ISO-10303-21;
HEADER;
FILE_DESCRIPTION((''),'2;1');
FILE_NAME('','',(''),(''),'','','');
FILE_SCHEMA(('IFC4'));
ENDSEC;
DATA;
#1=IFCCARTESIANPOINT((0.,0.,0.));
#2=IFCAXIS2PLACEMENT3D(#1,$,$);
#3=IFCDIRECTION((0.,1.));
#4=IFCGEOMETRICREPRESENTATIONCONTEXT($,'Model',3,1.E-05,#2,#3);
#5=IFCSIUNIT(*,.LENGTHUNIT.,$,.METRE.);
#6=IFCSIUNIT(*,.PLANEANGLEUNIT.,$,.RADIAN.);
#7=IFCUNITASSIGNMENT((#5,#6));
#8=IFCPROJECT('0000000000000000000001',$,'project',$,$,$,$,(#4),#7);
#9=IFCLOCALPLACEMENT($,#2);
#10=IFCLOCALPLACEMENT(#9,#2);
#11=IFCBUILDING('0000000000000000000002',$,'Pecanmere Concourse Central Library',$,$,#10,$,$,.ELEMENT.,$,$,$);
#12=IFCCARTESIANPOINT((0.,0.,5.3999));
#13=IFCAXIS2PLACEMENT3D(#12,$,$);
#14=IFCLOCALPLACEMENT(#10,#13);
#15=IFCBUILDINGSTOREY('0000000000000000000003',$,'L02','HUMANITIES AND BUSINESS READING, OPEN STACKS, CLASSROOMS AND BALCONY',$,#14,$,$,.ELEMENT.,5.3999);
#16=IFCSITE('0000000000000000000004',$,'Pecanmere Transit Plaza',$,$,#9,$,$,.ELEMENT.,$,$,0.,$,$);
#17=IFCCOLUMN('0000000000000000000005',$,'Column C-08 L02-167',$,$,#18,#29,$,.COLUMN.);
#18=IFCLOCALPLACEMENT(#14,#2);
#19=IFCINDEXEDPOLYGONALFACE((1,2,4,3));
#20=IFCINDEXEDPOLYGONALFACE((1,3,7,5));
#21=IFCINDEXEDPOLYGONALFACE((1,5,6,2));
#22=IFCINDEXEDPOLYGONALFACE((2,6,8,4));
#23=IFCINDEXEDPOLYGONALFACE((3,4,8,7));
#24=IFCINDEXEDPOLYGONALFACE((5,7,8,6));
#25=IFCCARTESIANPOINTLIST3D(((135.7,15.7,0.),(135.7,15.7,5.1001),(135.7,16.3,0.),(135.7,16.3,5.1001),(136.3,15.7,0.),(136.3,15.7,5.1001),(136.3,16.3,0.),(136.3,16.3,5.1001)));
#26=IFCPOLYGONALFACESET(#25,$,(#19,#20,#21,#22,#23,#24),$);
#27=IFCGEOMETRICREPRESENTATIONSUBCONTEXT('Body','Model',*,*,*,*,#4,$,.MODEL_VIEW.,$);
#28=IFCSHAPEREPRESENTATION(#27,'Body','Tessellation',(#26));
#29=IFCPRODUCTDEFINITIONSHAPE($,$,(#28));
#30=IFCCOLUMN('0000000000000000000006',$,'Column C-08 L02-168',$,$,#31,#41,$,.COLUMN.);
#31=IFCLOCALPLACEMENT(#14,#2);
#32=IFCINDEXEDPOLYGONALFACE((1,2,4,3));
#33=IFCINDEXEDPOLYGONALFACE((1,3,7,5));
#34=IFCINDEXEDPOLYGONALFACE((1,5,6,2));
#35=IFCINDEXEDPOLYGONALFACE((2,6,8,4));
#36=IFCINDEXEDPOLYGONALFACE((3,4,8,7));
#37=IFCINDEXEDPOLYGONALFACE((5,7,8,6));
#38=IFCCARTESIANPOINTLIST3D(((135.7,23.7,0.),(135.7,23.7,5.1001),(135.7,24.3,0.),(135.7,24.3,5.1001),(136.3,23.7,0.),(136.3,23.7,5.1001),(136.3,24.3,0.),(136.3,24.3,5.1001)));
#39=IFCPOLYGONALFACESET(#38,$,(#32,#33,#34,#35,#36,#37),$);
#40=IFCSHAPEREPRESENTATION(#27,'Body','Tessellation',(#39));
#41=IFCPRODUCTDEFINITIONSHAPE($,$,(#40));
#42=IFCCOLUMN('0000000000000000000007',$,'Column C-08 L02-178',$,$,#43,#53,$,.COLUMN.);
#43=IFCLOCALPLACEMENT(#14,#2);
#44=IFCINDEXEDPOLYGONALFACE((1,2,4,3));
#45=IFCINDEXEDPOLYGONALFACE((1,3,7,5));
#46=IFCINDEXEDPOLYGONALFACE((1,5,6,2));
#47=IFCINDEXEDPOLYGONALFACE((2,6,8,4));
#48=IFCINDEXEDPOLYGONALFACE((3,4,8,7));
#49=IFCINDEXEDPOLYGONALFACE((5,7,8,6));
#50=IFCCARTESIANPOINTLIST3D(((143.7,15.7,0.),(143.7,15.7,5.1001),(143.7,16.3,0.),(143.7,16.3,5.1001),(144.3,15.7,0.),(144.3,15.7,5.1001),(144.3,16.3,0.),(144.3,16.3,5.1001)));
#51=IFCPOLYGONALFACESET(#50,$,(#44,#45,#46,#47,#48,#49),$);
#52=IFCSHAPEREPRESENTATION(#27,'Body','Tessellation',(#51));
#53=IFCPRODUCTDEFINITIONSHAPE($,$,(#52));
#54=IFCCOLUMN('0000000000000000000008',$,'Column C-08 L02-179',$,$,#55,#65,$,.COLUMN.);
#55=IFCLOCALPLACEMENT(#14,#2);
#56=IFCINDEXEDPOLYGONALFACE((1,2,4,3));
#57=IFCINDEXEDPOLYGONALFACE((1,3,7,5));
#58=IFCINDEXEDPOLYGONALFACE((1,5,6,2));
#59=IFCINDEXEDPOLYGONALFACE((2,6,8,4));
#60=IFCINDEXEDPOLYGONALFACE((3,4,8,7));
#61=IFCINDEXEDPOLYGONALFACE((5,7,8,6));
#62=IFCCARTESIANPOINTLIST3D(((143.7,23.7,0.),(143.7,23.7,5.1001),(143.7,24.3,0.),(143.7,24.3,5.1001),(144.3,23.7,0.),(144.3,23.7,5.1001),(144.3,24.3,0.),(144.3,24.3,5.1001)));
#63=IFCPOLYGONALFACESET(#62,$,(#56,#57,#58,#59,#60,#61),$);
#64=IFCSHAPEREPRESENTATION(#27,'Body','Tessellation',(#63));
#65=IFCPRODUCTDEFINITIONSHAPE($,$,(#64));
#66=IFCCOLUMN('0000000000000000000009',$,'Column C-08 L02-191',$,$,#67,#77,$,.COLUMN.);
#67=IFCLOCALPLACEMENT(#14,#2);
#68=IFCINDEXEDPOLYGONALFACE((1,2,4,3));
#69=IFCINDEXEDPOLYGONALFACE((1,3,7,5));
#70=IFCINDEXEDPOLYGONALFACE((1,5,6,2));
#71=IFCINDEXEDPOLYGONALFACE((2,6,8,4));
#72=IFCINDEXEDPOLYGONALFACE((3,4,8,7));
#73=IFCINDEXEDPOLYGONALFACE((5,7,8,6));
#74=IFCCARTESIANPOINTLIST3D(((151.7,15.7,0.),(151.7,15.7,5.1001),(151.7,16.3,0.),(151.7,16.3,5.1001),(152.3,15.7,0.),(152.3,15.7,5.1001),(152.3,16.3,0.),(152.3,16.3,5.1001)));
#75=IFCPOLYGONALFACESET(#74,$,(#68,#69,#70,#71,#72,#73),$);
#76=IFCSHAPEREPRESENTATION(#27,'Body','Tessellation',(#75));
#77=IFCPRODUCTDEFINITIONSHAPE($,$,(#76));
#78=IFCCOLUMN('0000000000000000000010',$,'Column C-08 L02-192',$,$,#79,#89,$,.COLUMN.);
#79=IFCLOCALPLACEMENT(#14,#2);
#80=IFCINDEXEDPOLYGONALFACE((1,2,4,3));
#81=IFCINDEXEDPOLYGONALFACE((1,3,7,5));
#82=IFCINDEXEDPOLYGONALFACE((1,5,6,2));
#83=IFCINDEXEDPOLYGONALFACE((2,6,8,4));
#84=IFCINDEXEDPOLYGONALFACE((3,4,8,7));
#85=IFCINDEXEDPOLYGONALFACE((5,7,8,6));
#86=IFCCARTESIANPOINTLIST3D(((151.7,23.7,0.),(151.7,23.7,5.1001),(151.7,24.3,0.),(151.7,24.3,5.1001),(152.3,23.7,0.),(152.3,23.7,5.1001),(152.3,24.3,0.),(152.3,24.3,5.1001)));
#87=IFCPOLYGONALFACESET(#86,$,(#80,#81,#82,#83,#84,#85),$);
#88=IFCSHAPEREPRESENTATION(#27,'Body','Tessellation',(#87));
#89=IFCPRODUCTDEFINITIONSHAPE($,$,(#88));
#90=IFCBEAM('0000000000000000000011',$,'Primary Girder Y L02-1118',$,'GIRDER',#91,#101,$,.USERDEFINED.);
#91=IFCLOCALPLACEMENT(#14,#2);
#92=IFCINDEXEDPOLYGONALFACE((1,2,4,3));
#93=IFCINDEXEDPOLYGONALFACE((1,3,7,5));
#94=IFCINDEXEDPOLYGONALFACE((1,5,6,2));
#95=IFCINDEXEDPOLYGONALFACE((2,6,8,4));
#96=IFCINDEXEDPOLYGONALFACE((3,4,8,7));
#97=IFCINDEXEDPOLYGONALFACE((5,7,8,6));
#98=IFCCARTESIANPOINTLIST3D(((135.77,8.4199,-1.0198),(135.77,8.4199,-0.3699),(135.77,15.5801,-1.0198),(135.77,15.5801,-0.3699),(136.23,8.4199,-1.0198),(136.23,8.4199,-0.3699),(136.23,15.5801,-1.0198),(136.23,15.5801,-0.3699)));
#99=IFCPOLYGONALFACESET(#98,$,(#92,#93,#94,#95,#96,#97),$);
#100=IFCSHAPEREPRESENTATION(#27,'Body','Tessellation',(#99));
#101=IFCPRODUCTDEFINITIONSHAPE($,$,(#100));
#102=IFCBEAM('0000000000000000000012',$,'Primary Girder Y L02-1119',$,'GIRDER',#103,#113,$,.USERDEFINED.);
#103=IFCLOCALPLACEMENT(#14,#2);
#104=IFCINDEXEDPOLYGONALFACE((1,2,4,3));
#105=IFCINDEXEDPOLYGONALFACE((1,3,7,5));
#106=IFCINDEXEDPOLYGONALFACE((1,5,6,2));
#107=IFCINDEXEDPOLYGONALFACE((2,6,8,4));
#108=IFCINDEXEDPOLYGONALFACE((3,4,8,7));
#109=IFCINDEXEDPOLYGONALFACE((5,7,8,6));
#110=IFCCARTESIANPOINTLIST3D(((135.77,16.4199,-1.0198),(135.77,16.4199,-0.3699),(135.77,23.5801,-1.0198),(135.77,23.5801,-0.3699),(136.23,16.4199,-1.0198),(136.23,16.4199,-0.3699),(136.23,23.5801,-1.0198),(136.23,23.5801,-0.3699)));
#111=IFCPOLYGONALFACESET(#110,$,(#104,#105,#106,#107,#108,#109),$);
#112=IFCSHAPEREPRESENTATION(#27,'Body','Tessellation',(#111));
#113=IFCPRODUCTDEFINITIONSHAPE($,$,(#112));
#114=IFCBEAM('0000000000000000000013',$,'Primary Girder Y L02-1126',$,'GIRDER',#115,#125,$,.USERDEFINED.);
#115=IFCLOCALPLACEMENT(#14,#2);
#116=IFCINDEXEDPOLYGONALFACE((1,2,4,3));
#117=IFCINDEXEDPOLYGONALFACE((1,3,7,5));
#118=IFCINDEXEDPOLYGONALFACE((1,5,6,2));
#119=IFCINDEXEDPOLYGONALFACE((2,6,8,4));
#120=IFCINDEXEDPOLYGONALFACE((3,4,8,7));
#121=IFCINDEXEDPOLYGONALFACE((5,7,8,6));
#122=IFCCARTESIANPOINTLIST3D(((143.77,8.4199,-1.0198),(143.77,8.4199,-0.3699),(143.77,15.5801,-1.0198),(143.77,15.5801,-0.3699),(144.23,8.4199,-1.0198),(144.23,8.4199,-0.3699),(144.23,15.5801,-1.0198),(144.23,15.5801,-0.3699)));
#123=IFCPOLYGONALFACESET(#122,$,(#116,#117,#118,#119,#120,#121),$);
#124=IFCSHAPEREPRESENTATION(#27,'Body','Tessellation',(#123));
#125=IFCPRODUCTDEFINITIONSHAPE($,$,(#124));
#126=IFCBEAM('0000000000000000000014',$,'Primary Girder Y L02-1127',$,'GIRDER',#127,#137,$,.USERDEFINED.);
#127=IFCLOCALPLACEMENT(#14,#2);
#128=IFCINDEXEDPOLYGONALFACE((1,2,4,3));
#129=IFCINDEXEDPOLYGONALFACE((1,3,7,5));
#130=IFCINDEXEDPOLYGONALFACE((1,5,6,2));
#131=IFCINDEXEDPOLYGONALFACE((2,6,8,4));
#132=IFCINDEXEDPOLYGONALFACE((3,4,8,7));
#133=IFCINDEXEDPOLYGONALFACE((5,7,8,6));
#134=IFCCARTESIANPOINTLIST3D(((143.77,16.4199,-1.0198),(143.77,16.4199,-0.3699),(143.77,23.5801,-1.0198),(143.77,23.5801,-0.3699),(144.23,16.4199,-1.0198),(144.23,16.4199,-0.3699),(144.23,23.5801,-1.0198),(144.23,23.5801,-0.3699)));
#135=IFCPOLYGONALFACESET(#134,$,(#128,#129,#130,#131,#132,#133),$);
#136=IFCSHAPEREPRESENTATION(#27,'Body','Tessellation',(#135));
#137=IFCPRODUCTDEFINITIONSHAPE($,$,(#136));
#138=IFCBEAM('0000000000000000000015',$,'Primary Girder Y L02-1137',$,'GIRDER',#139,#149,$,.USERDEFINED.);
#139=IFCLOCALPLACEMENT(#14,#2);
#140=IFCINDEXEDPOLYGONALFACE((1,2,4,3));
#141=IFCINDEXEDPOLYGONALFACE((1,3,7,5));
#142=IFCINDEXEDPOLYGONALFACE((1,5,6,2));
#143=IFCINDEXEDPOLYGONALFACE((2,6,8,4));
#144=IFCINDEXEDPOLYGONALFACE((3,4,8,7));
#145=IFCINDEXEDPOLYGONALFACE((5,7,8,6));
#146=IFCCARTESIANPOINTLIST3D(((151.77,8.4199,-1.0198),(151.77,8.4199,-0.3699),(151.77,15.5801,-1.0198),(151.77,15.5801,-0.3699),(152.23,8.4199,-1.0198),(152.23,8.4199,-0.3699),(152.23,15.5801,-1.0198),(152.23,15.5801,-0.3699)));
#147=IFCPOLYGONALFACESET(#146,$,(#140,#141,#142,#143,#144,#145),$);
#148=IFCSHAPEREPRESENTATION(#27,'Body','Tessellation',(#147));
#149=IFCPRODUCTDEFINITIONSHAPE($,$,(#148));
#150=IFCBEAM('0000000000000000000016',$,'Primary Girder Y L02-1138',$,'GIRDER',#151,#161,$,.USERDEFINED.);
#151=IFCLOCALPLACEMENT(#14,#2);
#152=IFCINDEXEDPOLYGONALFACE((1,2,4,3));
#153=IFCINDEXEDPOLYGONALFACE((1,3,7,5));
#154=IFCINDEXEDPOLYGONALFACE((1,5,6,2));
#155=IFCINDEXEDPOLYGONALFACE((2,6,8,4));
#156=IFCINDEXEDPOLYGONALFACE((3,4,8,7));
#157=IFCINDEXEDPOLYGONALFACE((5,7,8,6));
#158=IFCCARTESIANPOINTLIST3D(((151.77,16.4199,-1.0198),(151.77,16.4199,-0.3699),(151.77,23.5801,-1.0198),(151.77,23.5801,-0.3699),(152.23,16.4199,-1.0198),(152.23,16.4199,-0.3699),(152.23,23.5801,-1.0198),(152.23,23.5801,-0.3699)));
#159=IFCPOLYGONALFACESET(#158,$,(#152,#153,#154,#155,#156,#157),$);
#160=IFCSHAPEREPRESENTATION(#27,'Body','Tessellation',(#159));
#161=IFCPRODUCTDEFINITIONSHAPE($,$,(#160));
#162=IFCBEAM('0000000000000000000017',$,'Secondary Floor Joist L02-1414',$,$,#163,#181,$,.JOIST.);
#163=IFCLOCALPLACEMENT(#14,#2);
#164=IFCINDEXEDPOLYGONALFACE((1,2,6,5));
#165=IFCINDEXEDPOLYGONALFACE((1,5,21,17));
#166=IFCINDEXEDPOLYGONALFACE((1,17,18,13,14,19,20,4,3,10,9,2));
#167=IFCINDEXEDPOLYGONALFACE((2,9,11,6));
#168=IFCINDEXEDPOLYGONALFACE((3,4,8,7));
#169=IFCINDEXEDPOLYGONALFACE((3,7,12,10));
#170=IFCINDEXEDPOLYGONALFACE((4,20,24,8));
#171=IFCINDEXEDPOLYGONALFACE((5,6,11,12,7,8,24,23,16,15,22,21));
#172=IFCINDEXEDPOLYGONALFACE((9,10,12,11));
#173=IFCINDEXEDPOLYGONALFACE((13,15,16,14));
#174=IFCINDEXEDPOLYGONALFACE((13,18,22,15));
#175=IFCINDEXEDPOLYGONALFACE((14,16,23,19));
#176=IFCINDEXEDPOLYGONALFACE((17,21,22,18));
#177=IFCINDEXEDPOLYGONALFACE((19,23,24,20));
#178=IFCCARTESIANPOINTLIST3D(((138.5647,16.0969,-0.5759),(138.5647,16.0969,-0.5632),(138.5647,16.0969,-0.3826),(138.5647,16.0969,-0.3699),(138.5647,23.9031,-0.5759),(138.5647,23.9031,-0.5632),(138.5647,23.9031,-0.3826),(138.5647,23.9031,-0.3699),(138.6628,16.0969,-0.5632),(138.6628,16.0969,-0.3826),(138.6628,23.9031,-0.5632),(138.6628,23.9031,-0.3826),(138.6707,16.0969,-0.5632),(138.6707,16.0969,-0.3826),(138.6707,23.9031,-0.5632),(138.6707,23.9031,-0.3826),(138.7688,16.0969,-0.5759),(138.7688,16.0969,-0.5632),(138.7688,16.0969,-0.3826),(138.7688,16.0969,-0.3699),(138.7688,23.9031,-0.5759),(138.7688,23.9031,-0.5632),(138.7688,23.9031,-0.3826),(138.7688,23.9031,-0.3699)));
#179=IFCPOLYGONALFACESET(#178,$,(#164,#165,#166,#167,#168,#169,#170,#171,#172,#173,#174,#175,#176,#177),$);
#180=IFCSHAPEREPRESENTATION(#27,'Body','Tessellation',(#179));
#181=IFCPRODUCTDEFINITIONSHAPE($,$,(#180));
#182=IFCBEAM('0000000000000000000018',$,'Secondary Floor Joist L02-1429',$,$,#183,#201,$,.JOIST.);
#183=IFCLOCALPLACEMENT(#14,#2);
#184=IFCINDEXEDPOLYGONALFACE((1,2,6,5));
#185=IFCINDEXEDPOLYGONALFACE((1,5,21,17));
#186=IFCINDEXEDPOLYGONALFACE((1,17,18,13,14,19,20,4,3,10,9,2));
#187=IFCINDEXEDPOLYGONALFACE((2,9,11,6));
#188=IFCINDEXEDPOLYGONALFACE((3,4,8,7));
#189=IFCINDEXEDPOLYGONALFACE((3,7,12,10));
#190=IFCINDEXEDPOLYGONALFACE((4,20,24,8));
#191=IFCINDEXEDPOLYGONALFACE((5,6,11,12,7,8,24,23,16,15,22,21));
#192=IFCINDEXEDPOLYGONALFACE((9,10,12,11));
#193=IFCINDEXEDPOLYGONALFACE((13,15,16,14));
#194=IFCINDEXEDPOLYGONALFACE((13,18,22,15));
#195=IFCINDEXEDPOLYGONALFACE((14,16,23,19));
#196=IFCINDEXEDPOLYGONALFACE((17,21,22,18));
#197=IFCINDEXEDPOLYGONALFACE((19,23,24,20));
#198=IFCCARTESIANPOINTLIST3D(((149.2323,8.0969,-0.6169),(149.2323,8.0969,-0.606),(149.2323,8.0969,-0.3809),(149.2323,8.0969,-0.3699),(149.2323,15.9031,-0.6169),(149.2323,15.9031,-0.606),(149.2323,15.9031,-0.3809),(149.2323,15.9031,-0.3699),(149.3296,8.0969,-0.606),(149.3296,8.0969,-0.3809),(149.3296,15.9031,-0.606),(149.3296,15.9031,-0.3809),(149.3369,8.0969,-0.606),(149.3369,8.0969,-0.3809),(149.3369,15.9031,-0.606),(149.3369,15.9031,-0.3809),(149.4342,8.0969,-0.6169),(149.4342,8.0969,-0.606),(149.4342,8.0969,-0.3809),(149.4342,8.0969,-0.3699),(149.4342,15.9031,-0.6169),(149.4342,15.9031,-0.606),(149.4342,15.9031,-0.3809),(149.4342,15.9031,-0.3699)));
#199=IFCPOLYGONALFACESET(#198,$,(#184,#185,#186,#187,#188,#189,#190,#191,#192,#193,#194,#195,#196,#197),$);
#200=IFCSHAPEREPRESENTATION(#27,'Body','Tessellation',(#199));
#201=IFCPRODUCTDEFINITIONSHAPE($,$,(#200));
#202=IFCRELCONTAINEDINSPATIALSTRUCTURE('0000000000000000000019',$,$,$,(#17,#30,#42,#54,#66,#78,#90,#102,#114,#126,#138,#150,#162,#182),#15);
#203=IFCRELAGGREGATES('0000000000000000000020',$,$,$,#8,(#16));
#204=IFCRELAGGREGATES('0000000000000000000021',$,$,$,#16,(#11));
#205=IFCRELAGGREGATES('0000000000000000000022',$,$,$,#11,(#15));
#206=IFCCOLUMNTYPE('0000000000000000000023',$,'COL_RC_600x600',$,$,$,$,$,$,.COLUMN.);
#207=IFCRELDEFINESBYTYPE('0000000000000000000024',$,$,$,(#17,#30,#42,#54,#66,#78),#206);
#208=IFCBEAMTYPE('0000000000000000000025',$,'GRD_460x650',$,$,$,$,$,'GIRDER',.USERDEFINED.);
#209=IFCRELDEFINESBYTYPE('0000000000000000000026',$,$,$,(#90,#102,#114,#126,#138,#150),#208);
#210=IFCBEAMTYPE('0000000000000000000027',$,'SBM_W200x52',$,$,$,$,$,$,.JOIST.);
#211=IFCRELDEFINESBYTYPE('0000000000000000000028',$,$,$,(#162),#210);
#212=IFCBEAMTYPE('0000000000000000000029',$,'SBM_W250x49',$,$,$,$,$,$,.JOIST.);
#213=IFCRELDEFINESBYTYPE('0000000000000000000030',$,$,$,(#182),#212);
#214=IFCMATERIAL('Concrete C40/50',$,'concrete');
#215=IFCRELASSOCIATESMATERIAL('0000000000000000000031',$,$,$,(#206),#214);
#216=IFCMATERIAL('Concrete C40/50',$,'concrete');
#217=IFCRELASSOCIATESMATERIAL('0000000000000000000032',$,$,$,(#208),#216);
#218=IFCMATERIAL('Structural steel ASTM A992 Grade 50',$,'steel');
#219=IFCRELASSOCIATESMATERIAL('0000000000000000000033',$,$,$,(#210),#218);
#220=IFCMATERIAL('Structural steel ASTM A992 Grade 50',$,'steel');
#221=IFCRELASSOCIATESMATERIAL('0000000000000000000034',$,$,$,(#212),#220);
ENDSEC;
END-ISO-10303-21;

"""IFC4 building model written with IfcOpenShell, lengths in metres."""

from ifc_helpers import new_model, si_unit, direction, frame, origin, origin_2d, place, context, subcontext, project, spatial, rectangle, i_section, extrude, material, material_profile, profile_set, type_object, element, save


model = new_model("IFC4")

# Units and contexts
model_context = context("Model", 3, precision=1e-05, world=origin(), true_north=direction((0.0, 1.0)))
body_context = subcontext(model_context, "Body", "Model", "MODEL_VIEW")
ifc_project = project(units=[si_unit("LENGTHUNIT", "METRE"), si_unit("PLANEANGLEUNIT", "RADIAN")], contexts=[model_context])

# Site, building, storey
site_placement = place(None, origin())
site = spatial("IfcSite", under=ifc_project, at=site_placement, Name="Pecanmere Transit Plaza", CompositionType="ELEMENT", RefElevation=0.0)
building_placement = place(site_placement, origin())
building = spatial("IfcBuilding", under=site, at=building_placement, Name="Pecanmere Concourse Central Library", CompositionType="ELEMENT")
storey_placement = place(building_placement, frame((0.0, 0.0, 5.3999)))
storey = spatial("IfcBuildingStorey", under=building, at=storey_placement, Name="L02", Description="HUMANITIES AND BUSINESS READING, OPEN STACKS, CLASSROOMS AND BALCONY", CompositionType="ELEMENT", Elevation=5.3999)

# Columns
ifc_material_1 = material(Name="Concrete C40/50", Category="concrete")
ifc_material_profile_1 = material_profile(ifc_material_1, rectangle(XDim=0.6001, YDim=0.6001, at=origin_2d()), Name="RC 600x600")
ifc_profile_set_1 = profile_set([ifc_material_profile_1], Name="Concrete C40/50")
column_type = type_object("IfcColumnType", Name="COL_RC_600x600", PredefinedType="COLUMN", material=ifc_profile_set_1)
for number, where, z_axis, x_axis, name in (
    (1, (136.0, 16.0, 0.0), (0.0, 0.0, 1.0), (1.0, 0.0, 0.0), "Column C-08 L02-167"),
    (2, (136.0, 24.0, 0.0), (0.0, 0.0, 1.0), (1.0, 0.0, 0.0), "Column C-08 L02-168"),
    (3, (144.0, 16.0, 0.0), (0.0, 0.0, 1.0), (1.0, 0.0, 0.0), "Column C-08 L02-178"),
    (4, (144.0, 24.0, 0.0), (0.0, 0.0, 1.0), (1.0, 0.0, 0.0), "Column C-08 L02-179"),
    (5, (152.0, 16.0, 0.0), (0.0, 0.0, 1.0), (1.0, 0.0, 0.0), "Column C-08 L02-191"),
    (6, (152.0, 24.0, 0.0), (0.0, 0.0, 1.0), (1.0, 0.0, 0.0), "Column C-08 L02-192"),
):
    element("IfcColumn", number, at=place(storey_placement, frame(where, z_axis=z_axis, x_axis=x_axis)), inside=storey, type_object=column_type, Name=name, PredefinedType="COLUMN", context=body_context, shape_type="SweptSolid", body=[
        extrude(rectangle(XDim=0.6001, YDim=0.6001, at=origin_2d()), origin(), (0.0, 0.0, 1.0), 5.1001),
    ])

# Beams
ifc_material_2 = material(Name="Concrete C40/50", Category="concrete")
ifc_material_profile_2 = material_profile(ifc_material_2, rectangle(XDim=0.46, YDim=0.6499, at=origin_2d()), Name="RC 460x650")
ifc_profile_set_2 = profile_set([ifc_material_profile_2], Name="Concrete C40/50")
beam_type_1 = type_object("IfcBeamType", Name="GRD_460x650", ElementType="GIRDER", PredefinedType="USERDEFINED", material=ifc_profile_set_2)
for number, where, z_axis, x_axis, name in (
    (7, (136.0, 8.4199, -0.6948), (0.0, 1.0, 0.0), (-1.0, 0.0, 0.0), "Primary Girder Y L02-1118"),
    (8, (136.0, 16.4199, -0.6948), (0.0, 1.0, 0.0), (-1.0, 0.0, 0.0), "Primary Girder Y L02-1119"),
    (9, (144.0, 8.4199, -0.6948), (0.0, 1.0, 0.0), (-1.0, 0.0, 0.0), "Primary Girder Y L02-1126"),
    (10, (144.0, 16.4199, -0.6948), (0.0, 1.0, 0.0), (-1.0, 0.0, 0.0), "Primary Girder Y L02-1127"),
    (11, (152.0, 8.4199, -0.6948), (0.0, 1.0, 0.0), (-1.0, 0.0, 0.0), "Primary Girder Y L02-1137"),
    (12, (152.0, 16.4199, -0.6948), (0.0, 1.0, 0.0), (-1.0, 0.0, 0.0), "Primary Girder Y L02-1138"),
):
    element("IfcBeam", number, at=place(storey_placement, frame(where, z_axis=z_axis, x_axis=x_axis)), inside=storey, type_object=beam_type_1, Name=name, ObjectType="GIRDER", PredefinedType="USERDEFINED", context=body_context, shape_type="SweptSolid", body=[
        extrude(rectangle(XDim=0.46, YDim=0.6499, at=origin_2d()), origin(), (0.0, 0.0, 1.0), 7.1602),
    ])
ifc_material_3 = material(Name="Structural steel ASTM A992 Grade 50", Category="steel")
ifc_material_profile_3 = material_profile(ifc_material_3, i_section(OverallWidth=0.2041, OverallDepth=0.2061, WebThickness=0.0078, FlangeThickness=0.0127, at=origin_2d()), Name="W200x52")
ifc_profile_set_3 = profile_set([ifc_material_profile_3], Name="Structural steel ASTM A992 Grade 50")
beam_type_2 = type_object("IfcBeamType", Name="SBM_W200x52", PredefinedType="JOIST", material=ifc_profile_set_3)
beam_1_placement = place(storey_placement, frame((138.6667, 16.0969, -0.4729), z_axis=(0.0, 1.0, 0.0), x_axis=(-1.0, 0.0, 0.0)))
element("IfcBeam", 13, at=beam_1_placement, inside=storey, type_object=beam_type_2, Name="Secondary Floor Joist L02-1414", PredefinedType="JOIST", context=body_context, shape_type="SweptSolid", body=[
    extrude(i_section(OverallWidth=0.2041, OverallDepth=0.2061, WebThickness=0.0078, FlangeThickness=0.0127, at=origin_2d()), origin(), (0.0, 0.0, 1.0), 7.8062),
])
ifc_material_4 = material(Name="Structural steel ASTM A992 Grade 50", Category="steel")
ifc_material_profile_4 = material_profile(ifc_material_4, i_section(OverallWidth=0.2019, OverallDepth=0.2471, WebThickness=0.0073, FlangeThickness=0.011, at=origin_2d()), Name="W250x49.1")
ifc_profile_set_4 = profile_set([ifc_material_profile_4], Name="Structural steel ASTM A992 Grade 50")
beam_type_3 = type_object("IfcBeamType", Name="SBM_W250x49", PredefinedType="JOIST", material=ifc_profile_set_4)
beam_2_placement = place(storey_placement, frame((149.3333, 8.0969, -0.4934), z_axis=(0.0, 1.0, 0.0), x_axis=(-1.0, 0.0, 0.0)))
element("IfcBeam", 14, at=beam_2_placement, inside=storey, type_object=beam_type_3, Name="Secondary Floor Joist L02-1429", PredefinedType="JOIST", context=body_context, shape_type="SweptSolid", body=[
    extrude(i_section(OverallWidth=0.2019, OverallDepth=0.2471, WebThickness=0.0073, FlangeThickness=0.011, at=origin_2d()), origin(), (0.0, 0.0, 1.0), 7.8062),
])

save(model, "model.ifc")
